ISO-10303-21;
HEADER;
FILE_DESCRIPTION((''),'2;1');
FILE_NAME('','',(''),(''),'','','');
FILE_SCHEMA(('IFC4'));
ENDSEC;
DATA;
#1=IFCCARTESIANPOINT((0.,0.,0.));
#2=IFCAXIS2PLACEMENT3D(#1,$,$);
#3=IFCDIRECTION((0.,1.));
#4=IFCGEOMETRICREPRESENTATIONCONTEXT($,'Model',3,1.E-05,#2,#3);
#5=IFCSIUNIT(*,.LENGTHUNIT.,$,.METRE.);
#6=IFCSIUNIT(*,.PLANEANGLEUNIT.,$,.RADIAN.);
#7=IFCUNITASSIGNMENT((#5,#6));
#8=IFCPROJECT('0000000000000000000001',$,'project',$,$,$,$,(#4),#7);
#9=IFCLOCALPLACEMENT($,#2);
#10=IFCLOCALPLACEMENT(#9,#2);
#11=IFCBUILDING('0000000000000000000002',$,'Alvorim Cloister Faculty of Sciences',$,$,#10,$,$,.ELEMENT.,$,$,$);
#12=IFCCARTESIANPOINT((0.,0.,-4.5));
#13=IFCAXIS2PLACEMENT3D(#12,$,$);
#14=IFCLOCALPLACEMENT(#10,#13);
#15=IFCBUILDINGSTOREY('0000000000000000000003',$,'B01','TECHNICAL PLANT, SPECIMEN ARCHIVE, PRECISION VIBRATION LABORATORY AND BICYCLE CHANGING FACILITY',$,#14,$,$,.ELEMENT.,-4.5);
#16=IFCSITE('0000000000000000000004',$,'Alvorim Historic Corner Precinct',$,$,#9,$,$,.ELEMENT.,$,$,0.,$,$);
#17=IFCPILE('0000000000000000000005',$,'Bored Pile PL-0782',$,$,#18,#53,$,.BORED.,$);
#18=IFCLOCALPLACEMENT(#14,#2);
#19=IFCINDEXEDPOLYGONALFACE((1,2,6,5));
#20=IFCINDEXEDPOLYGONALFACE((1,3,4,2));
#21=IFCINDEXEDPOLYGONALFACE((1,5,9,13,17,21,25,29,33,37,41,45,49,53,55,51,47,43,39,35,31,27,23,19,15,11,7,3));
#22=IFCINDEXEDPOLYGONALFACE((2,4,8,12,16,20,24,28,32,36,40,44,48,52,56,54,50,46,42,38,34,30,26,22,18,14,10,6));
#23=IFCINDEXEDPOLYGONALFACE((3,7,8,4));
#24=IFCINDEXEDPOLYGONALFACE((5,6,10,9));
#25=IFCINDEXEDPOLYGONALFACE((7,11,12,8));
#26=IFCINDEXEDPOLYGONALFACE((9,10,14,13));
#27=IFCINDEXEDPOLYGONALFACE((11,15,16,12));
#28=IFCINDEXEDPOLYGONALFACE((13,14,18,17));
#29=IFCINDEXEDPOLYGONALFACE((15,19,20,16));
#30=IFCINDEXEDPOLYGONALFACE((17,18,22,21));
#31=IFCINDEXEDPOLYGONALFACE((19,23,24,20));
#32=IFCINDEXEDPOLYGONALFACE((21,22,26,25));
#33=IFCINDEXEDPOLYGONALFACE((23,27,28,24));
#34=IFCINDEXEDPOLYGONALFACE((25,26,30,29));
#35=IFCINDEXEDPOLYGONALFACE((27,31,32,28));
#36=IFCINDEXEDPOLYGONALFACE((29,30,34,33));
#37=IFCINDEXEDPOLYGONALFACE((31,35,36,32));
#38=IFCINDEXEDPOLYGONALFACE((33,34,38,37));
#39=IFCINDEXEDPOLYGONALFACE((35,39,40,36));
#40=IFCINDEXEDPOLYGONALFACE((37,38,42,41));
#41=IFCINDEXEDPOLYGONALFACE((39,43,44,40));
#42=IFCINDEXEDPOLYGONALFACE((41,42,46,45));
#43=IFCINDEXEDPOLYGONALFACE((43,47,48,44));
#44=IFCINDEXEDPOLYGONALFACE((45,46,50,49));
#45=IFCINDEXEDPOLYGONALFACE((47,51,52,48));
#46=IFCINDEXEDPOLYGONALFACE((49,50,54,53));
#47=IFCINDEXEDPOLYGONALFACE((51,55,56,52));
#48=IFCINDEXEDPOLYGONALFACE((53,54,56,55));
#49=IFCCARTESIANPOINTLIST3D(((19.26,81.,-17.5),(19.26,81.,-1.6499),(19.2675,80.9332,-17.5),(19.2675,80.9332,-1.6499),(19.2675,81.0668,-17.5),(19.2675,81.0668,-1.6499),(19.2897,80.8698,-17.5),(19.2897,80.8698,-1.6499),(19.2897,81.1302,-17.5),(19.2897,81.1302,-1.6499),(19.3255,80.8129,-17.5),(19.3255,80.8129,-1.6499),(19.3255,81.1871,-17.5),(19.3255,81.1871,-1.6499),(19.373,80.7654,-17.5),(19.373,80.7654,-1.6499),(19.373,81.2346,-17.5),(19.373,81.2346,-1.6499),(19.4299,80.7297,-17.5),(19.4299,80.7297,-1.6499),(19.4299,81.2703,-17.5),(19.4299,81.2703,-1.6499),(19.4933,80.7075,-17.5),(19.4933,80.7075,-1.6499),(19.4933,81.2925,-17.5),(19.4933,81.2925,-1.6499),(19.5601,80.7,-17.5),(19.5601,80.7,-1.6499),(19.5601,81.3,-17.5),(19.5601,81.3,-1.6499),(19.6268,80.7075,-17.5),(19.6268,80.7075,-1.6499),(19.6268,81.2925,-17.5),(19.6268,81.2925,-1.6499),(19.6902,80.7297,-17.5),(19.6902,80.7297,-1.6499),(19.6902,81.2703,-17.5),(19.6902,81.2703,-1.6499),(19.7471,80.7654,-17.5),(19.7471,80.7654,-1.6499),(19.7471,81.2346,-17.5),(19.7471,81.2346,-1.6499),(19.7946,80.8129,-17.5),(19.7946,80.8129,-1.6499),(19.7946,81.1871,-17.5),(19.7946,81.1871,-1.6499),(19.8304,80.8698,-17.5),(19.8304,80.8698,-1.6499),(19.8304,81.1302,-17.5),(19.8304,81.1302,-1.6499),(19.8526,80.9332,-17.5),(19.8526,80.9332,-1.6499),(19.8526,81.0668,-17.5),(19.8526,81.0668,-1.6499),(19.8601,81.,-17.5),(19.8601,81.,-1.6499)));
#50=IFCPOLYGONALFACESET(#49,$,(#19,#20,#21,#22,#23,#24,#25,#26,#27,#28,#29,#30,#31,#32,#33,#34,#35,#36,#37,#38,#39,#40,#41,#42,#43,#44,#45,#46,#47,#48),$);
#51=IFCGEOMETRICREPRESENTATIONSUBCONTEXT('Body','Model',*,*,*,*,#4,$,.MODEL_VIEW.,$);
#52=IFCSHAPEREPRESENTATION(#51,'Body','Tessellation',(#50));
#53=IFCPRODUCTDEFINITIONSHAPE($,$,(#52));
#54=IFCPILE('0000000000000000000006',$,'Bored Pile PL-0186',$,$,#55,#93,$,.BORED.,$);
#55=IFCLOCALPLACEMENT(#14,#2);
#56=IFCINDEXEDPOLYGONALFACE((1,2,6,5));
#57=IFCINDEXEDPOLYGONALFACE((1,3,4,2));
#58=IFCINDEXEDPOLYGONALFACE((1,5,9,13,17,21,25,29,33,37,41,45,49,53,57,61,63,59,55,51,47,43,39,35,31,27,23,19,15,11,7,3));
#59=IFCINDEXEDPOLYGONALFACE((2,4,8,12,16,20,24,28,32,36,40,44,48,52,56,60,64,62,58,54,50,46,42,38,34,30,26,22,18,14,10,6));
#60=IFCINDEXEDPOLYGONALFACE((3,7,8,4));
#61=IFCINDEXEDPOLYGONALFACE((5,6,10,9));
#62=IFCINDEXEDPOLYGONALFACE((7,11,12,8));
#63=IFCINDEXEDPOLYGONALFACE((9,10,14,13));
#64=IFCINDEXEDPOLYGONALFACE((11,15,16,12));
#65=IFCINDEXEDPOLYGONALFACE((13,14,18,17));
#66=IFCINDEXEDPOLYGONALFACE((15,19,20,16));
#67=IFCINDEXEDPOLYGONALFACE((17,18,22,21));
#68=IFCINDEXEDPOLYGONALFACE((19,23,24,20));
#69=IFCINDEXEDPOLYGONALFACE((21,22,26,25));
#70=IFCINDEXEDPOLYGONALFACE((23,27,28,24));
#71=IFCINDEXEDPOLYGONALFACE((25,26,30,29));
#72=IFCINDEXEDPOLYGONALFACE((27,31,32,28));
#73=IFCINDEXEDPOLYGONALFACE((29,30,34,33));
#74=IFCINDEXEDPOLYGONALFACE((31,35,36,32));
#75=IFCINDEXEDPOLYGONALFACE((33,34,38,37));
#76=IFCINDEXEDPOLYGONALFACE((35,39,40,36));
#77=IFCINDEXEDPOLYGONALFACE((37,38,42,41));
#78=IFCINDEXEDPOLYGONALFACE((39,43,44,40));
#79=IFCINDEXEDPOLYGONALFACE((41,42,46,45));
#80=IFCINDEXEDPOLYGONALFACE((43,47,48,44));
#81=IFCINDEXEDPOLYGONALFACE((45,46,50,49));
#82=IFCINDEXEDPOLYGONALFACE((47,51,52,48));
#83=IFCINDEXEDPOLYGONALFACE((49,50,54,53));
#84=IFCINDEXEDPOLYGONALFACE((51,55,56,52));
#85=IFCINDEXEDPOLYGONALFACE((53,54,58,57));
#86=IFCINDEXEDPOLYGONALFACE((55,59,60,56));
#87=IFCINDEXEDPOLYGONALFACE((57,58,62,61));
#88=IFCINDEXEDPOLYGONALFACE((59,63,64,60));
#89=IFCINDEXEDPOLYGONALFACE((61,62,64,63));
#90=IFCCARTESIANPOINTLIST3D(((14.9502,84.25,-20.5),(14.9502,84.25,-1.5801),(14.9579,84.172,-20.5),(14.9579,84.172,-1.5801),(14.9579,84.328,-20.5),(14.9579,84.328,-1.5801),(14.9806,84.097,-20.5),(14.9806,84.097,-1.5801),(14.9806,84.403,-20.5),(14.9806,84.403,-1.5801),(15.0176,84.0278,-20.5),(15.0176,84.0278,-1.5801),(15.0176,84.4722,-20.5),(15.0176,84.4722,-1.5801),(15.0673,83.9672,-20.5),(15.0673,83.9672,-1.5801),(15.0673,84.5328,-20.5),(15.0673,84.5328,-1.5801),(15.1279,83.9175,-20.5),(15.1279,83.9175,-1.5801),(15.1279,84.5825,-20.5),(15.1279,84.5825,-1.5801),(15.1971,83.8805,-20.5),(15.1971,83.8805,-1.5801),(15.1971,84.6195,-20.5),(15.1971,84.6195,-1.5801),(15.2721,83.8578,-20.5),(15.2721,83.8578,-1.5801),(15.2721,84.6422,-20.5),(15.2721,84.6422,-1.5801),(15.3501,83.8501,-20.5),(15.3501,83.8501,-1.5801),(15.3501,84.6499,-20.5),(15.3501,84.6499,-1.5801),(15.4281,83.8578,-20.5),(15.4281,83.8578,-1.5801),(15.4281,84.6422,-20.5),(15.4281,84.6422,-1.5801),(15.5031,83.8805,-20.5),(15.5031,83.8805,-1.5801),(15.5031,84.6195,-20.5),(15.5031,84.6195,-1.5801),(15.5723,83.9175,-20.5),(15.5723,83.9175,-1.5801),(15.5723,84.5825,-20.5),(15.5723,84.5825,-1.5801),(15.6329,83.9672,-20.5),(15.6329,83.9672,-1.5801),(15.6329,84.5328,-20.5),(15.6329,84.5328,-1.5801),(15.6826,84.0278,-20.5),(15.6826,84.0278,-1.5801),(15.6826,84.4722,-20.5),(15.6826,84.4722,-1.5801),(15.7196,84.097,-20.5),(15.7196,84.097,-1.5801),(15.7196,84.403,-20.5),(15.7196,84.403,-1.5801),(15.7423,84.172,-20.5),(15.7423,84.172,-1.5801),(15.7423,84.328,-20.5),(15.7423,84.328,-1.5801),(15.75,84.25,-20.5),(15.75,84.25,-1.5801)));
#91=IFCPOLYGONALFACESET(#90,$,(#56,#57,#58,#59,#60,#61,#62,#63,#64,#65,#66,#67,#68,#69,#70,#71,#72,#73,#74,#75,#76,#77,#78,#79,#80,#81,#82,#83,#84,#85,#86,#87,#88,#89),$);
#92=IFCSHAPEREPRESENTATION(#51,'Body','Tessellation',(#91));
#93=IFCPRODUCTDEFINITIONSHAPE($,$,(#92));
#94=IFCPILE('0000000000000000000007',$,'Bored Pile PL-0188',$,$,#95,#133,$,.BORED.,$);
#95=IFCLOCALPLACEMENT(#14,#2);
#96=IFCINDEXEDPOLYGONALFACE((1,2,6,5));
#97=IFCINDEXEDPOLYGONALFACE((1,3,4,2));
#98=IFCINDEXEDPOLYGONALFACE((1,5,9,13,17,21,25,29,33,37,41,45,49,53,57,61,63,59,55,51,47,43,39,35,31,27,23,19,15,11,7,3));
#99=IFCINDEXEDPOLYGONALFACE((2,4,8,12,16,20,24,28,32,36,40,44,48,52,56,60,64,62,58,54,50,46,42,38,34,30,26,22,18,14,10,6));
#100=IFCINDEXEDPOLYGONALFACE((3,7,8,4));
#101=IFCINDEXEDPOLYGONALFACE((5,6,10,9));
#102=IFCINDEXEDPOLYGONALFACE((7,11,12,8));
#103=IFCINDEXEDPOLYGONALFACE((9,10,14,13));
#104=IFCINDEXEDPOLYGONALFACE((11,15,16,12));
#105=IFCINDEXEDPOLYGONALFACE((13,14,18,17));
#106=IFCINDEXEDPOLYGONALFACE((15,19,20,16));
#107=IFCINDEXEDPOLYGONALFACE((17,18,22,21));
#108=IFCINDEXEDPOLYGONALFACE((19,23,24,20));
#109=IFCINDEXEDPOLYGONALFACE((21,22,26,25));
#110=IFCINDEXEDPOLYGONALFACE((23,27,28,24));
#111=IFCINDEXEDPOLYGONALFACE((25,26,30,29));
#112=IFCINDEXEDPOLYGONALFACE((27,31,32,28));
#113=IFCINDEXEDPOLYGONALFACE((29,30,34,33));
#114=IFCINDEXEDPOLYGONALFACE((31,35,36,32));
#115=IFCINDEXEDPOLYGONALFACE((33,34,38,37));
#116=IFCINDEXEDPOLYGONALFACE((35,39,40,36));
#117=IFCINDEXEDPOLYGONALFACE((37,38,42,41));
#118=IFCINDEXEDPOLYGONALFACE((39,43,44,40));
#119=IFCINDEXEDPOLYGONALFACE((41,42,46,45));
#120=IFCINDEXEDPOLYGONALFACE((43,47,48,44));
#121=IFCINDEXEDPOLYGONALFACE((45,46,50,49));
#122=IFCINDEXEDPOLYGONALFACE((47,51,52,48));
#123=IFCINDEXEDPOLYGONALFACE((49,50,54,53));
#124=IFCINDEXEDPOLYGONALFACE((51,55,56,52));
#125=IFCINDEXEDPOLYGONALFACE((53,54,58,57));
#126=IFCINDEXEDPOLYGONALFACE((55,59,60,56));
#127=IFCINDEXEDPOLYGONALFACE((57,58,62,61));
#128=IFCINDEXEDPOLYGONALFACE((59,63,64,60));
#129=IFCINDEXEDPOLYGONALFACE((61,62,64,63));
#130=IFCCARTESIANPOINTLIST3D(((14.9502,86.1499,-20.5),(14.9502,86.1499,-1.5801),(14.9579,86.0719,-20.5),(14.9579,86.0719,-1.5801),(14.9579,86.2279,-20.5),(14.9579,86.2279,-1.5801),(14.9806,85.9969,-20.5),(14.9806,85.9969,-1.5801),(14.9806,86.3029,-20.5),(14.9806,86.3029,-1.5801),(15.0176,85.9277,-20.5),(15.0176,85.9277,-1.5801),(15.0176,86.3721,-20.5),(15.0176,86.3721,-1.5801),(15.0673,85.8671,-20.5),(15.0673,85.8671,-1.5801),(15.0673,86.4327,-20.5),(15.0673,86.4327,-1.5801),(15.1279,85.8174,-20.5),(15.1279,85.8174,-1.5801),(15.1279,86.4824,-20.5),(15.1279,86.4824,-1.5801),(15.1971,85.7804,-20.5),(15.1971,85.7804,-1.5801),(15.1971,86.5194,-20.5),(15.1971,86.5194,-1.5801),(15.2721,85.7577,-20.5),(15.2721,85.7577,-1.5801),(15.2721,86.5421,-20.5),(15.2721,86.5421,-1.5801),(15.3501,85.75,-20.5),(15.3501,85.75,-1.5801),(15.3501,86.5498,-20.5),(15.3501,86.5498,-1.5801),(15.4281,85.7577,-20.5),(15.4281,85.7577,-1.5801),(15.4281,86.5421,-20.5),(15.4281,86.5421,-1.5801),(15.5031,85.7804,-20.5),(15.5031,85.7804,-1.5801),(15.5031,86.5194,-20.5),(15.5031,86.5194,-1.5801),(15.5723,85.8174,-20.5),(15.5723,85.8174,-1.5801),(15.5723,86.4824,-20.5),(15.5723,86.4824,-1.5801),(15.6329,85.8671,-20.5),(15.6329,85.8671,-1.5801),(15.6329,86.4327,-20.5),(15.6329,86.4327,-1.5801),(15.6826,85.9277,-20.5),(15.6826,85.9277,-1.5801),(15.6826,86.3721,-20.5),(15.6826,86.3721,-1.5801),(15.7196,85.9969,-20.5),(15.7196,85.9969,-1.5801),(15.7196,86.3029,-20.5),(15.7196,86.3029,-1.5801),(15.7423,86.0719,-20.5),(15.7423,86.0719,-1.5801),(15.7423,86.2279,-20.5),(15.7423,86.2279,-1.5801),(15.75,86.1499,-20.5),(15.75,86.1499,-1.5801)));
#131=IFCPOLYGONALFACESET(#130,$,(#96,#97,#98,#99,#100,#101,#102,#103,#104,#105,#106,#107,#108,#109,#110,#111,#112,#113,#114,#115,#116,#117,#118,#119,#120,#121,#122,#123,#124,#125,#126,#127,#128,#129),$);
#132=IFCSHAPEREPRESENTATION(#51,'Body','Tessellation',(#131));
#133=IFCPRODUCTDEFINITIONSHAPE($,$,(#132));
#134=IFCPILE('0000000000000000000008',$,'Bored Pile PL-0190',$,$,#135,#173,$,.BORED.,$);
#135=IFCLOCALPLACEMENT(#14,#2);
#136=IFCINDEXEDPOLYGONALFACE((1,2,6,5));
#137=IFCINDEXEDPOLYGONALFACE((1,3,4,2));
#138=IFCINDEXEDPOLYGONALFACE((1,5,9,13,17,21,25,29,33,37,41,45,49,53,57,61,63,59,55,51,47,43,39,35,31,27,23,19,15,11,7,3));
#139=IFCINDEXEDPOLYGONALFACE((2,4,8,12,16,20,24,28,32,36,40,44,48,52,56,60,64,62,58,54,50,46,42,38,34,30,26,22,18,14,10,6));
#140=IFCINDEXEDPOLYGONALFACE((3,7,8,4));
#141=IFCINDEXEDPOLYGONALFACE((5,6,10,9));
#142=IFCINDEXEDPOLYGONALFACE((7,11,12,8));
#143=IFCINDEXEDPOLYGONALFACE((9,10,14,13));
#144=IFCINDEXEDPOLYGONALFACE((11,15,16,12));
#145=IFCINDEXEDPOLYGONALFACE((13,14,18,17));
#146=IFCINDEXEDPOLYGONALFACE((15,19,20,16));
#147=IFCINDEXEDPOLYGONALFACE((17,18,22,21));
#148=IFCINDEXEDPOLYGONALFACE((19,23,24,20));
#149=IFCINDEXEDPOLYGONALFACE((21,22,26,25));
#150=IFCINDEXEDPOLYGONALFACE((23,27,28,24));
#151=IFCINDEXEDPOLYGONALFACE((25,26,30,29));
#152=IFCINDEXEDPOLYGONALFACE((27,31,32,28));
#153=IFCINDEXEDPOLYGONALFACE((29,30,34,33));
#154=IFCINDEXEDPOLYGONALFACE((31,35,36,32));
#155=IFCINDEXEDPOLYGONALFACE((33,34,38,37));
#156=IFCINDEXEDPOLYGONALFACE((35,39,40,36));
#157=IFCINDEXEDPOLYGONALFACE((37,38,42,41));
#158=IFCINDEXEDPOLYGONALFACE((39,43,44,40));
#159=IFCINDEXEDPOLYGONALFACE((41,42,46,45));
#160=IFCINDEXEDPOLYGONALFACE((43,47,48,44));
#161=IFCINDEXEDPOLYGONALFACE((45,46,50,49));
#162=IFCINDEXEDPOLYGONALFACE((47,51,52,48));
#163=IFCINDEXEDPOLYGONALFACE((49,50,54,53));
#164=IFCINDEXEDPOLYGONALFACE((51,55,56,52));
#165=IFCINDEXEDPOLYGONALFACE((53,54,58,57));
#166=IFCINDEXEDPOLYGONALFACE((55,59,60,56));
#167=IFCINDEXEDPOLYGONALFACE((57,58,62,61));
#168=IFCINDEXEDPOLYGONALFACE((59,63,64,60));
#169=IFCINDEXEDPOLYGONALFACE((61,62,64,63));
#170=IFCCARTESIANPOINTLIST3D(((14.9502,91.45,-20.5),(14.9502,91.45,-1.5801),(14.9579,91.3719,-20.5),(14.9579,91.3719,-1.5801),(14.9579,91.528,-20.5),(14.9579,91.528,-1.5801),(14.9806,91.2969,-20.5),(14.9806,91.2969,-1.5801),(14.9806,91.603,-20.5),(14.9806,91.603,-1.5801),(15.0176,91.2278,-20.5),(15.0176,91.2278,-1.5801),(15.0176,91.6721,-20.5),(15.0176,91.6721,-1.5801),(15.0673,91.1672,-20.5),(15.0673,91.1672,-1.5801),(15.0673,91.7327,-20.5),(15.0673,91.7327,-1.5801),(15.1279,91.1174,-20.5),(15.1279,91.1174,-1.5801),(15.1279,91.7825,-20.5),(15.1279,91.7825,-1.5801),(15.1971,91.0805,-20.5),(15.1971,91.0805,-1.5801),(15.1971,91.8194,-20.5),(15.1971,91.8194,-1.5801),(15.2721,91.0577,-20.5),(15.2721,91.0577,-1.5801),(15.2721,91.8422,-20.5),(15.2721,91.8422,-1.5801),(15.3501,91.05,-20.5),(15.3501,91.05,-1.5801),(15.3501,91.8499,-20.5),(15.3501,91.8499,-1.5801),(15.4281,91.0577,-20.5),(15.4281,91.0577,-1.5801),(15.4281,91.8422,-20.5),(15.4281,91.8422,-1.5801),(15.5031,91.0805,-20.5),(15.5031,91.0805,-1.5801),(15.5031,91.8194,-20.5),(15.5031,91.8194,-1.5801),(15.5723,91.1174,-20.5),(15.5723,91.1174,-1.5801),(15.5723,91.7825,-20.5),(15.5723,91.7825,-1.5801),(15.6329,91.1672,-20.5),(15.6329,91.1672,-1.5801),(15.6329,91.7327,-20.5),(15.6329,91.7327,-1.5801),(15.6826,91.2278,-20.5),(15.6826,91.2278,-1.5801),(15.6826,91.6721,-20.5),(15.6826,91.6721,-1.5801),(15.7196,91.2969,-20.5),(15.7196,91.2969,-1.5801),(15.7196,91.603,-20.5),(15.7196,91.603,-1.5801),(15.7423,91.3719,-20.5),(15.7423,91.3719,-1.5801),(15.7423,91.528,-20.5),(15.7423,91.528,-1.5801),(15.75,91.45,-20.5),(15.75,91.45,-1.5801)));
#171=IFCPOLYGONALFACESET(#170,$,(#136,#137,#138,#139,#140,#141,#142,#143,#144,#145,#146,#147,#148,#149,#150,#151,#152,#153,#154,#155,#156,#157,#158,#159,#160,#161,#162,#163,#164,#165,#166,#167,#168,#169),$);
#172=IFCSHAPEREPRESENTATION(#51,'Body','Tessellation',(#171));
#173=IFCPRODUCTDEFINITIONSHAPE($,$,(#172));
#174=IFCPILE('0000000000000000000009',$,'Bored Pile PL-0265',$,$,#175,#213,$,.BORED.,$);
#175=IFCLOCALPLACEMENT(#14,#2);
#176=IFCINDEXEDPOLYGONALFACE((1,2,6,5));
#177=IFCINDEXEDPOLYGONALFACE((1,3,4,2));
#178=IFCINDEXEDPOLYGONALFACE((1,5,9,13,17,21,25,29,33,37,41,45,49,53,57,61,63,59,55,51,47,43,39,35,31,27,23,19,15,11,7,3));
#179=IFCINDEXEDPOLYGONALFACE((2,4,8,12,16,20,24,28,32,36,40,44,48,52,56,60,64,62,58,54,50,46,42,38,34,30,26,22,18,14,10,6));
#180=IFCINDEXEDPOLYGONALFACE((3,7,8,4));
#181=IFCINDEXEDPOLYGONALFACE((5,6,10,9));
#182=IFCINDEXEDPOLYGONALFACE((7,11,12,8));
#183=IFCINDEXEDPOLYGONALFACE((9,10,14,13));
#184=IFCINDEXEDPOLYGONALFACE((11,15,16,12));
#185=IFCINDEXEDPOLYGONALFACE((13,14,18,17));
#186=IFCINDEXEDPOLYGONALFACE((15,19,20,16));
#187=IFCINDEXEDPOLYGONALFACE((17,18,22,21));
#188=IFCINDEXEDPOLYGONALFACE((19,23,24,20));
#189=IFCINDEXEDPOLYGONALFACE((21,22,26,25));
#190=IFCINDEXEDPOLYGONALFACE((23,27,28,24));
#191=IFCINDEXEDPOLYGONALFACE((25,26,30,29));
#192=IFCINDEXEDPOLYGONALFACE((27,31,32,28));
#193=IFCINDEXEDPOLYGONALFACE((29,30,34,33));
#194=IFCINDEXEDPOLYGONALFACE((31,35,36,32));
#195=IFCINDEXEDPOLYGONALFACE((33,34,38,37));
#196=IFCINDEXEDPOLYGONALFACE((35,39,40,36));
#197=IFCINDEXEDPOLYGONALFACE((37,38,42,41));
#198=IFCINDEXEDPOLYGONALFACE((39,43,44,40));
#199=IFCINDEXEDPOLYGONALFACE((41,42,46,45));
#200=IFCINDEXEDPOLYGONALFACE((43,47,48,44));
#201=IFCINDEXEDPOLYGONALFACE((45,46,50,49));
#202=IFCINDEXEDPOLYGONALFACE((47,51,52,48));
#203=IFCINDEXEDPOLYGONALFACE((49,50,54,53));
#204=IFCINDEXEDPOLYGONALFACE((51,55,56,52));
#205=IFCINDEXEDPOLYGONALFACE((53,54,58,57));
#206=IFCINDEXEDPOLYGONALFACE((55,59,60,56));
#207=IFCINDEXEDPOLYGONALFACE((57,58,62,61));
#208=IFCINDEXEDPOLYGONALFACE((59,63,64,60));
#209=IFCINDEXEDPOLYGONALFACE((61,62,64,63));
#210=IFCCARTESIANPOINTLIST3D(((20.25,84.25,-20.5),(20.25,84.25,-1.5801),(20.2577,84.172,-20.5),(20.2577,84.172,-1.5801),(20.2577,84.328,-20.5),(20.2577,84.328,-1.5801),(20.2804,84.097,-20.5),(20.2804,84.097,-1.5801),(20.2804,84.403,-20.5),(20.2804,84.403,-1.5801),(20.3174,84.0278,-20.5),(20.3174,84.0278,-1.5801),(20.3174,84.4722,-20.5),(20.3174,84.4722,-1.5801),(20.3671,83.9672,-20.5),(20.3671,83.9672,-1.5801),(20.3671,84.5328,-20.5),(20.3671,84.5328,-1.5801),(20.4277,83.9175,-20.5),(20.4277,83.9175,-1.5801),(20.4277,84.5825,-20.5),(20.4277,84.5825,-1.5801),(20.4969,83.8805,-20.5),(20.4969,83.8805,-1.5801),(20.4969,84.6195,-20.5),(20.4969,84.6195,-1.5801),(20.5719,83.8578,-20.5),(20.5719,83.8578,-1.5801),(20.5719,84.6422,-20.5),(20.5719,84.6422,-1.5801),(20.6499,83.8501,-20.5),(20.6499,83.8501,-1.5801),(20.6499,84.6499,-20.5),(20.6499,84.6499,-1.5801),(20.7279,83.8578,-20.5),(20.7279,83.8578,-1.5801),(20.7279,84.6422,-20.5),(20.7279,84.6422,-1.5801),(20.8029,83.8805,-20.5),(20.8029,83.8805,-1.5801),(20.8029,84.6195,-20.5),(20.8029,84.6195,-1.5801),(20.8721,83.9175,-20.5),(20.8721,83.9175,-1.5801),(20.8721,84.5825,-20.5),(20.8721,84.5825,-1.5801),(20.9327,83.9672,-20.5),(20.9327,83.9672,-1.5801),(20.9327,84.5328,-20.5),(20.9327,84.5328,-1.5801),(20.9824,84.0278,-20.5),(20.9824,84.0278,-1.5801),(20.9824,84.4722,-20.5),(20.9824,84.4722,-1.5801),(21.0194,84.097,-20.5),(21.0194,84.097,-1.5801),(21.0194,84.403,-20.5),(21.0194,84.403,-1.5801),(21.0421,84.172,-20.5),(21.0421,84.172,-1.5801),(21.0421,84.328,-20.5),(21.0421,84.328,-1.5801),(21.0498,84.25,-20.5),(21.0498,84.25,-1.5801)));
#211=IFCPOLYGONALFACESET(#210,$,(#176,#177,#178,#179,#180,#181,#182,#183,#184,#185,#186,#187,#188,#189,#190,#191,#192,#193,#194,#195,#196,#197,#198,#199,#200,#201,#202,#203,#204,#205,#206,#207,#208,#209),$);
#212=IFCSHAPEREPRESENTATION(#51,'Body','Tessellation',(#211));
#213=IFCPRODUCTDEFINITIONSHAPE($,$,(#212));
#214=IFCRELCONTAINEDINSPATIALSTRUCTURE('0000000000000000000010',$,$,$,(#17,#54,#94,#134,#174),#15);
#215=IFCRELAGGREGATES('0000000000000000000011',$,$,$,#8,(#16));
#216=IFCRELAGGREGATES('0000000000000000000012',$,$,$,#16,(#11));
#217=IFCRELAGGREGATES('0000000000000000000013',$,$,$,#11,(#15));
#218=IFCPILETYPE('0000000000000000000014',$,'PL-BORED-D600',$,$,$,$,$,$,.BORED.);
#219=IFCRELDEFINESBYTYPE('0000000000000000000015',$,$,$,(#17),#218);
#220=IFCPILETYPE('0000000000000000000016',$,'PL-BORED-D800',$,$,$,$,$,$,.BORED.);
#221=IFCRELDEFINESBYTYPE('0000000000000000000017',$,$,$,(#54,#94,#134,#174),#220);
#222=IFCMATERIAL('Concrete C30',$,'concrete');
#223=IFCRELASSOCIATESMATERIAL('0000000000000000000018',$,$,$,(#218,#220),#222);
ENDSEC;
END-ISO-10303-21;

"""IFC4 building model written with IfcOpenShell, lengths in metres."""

from ifc_helpers import new_model, si_unit, direction, frame, origin, origin_2d, place, context, subcontext, project, spatial, circle, extrude, material, material_profile, profile_set, type_object, element, save


model = new_model("IFC4")

# Units and contexts
model_context = context("Model", 3, precision=1e-05, world=origin(), true_north=direction((0.0, 1.0)))
body_context = subcontext(model_context, "Body", "Model", "MODEL_VIEW")
ifc_project = project(units=[si_unit("LENGTHUNIT", "METRE"), si_unit("PLANEANGLEUNIT", "RADIAN")], contexts=[model_context])

# Site, building, storey
site_placement = place(None, origin())
site = spatial("IfcSite", under=ifc_project, at=site_placement, Name="Alvorim Historic Corner Precinct", CompositionType="ELEMENT", RefElevation=0.0)
building_placement = place(site_placement, origin())
building = spatial("IfcBuilding", under=site, at=building_placement, Name="Alvorim Cloister Faculty of Sciences", CompositionType="ELEMENT")
storey_placement = place(building_placement, frame((0.0, 0.0, -4.5)))
storey = spatial("IfcBuildingStorey", under=building, at=storey_placement, Name="B01", Description="TECHNICAL PLANT, SPECIMEN ARCHIVE, PRECISION VIBRATION LABORATORY AND BICYCLE CHANGING FACILITY", CompositionType="ELEMENT", Elevation=-4.5)

# Piles
ifc_material_1 = material(Name="Concrete C30", Category="concrete")
ifc_material_profile_1 = material_profile(ifc_material_1, circle(Radius=0.3, at=origin_2d()), Name="PILE-D600")
ifc_profile_set_1 = profile_set([ifc_material_profile_1], Name="Concrete C30")
pile_type_1 = type_object("IfcPileType", Name="PL-BORED-D600", PredefinedType="BORED", material=ifc_profile_set_1)
for number, where, z_axis, x_axis, name in (
    (1, (19.5601, 81.0, -1.6499), (0.0, 0.0, -1.0), (1.0, 0.0, 0.0), "Bored Pile PL-0782"),
):
    element("IfcPile", number, at=place(storey_placement, frame(where, z_axis=z_axis, x_axis=x_axis)), inside=storey, type_object=pile_type_1, Name=name, PredefinedType="BORED", context=body_context, shape_type="SweptSolid", body=[
        extrude(circle(Radius=0.3, at=origin_2d()), origin(), (0.0, 0.0, 1.0), 15.8501),
    ])
ifc_material_profile_2 = material_profile(ifc_material_1, circle(Radius=0.3999, at=origin_2d()), Name="PILE-D800")
ifc_profile_set_2 = profile_set([ifc_material_profile_2], Name="Concrete C30")
pile_type_2 = type_object("IfcPileType", Name="PL-BORED-D800", PredefinedType="BORED", material=ifc_profile_set_2)
for number, where, z_axis, x_axis, name in (
    (2, (15.3501, 84.25, -1.5801), (0.0, 0.0, -1.0), (1.0, 0.0, 0.0), "Bored Pile PL-0186"),
    (3, (15.3501, 86.1499, -1.5801), (0.0, 0.0, -1.0), (1.0, 0.0, 0.0), "Bored Pile PL-0188"),
    (4, (15.3501, 91.45, -1.5801), (0.0, 0.0, -1.0), (1.0, 0.0, 0.0), "Bored Pile PL-0190"),
    (5, (20.6499, 84.25, -1.5801), (0.0, 0.0, -1.0), (1.0, 0.0, 0.0), "Bored Pile PL-0265"),
):
    element("IfcPile", number, at=place(storey_placement, frame(where, z_axis=z_axis, x_axis=x_axis)), inside=storey, type_object=pile_type_2, Name=name, PredefinedType="BORED", context=body_context, shape_type="SweptSolid", body=[
        extrude(circle(Radius=0.3999, at=origin_2d()), origin(), (0.0, 0.0, 1.0), 18.9199),
    ])

save(model, "model.ifc")
